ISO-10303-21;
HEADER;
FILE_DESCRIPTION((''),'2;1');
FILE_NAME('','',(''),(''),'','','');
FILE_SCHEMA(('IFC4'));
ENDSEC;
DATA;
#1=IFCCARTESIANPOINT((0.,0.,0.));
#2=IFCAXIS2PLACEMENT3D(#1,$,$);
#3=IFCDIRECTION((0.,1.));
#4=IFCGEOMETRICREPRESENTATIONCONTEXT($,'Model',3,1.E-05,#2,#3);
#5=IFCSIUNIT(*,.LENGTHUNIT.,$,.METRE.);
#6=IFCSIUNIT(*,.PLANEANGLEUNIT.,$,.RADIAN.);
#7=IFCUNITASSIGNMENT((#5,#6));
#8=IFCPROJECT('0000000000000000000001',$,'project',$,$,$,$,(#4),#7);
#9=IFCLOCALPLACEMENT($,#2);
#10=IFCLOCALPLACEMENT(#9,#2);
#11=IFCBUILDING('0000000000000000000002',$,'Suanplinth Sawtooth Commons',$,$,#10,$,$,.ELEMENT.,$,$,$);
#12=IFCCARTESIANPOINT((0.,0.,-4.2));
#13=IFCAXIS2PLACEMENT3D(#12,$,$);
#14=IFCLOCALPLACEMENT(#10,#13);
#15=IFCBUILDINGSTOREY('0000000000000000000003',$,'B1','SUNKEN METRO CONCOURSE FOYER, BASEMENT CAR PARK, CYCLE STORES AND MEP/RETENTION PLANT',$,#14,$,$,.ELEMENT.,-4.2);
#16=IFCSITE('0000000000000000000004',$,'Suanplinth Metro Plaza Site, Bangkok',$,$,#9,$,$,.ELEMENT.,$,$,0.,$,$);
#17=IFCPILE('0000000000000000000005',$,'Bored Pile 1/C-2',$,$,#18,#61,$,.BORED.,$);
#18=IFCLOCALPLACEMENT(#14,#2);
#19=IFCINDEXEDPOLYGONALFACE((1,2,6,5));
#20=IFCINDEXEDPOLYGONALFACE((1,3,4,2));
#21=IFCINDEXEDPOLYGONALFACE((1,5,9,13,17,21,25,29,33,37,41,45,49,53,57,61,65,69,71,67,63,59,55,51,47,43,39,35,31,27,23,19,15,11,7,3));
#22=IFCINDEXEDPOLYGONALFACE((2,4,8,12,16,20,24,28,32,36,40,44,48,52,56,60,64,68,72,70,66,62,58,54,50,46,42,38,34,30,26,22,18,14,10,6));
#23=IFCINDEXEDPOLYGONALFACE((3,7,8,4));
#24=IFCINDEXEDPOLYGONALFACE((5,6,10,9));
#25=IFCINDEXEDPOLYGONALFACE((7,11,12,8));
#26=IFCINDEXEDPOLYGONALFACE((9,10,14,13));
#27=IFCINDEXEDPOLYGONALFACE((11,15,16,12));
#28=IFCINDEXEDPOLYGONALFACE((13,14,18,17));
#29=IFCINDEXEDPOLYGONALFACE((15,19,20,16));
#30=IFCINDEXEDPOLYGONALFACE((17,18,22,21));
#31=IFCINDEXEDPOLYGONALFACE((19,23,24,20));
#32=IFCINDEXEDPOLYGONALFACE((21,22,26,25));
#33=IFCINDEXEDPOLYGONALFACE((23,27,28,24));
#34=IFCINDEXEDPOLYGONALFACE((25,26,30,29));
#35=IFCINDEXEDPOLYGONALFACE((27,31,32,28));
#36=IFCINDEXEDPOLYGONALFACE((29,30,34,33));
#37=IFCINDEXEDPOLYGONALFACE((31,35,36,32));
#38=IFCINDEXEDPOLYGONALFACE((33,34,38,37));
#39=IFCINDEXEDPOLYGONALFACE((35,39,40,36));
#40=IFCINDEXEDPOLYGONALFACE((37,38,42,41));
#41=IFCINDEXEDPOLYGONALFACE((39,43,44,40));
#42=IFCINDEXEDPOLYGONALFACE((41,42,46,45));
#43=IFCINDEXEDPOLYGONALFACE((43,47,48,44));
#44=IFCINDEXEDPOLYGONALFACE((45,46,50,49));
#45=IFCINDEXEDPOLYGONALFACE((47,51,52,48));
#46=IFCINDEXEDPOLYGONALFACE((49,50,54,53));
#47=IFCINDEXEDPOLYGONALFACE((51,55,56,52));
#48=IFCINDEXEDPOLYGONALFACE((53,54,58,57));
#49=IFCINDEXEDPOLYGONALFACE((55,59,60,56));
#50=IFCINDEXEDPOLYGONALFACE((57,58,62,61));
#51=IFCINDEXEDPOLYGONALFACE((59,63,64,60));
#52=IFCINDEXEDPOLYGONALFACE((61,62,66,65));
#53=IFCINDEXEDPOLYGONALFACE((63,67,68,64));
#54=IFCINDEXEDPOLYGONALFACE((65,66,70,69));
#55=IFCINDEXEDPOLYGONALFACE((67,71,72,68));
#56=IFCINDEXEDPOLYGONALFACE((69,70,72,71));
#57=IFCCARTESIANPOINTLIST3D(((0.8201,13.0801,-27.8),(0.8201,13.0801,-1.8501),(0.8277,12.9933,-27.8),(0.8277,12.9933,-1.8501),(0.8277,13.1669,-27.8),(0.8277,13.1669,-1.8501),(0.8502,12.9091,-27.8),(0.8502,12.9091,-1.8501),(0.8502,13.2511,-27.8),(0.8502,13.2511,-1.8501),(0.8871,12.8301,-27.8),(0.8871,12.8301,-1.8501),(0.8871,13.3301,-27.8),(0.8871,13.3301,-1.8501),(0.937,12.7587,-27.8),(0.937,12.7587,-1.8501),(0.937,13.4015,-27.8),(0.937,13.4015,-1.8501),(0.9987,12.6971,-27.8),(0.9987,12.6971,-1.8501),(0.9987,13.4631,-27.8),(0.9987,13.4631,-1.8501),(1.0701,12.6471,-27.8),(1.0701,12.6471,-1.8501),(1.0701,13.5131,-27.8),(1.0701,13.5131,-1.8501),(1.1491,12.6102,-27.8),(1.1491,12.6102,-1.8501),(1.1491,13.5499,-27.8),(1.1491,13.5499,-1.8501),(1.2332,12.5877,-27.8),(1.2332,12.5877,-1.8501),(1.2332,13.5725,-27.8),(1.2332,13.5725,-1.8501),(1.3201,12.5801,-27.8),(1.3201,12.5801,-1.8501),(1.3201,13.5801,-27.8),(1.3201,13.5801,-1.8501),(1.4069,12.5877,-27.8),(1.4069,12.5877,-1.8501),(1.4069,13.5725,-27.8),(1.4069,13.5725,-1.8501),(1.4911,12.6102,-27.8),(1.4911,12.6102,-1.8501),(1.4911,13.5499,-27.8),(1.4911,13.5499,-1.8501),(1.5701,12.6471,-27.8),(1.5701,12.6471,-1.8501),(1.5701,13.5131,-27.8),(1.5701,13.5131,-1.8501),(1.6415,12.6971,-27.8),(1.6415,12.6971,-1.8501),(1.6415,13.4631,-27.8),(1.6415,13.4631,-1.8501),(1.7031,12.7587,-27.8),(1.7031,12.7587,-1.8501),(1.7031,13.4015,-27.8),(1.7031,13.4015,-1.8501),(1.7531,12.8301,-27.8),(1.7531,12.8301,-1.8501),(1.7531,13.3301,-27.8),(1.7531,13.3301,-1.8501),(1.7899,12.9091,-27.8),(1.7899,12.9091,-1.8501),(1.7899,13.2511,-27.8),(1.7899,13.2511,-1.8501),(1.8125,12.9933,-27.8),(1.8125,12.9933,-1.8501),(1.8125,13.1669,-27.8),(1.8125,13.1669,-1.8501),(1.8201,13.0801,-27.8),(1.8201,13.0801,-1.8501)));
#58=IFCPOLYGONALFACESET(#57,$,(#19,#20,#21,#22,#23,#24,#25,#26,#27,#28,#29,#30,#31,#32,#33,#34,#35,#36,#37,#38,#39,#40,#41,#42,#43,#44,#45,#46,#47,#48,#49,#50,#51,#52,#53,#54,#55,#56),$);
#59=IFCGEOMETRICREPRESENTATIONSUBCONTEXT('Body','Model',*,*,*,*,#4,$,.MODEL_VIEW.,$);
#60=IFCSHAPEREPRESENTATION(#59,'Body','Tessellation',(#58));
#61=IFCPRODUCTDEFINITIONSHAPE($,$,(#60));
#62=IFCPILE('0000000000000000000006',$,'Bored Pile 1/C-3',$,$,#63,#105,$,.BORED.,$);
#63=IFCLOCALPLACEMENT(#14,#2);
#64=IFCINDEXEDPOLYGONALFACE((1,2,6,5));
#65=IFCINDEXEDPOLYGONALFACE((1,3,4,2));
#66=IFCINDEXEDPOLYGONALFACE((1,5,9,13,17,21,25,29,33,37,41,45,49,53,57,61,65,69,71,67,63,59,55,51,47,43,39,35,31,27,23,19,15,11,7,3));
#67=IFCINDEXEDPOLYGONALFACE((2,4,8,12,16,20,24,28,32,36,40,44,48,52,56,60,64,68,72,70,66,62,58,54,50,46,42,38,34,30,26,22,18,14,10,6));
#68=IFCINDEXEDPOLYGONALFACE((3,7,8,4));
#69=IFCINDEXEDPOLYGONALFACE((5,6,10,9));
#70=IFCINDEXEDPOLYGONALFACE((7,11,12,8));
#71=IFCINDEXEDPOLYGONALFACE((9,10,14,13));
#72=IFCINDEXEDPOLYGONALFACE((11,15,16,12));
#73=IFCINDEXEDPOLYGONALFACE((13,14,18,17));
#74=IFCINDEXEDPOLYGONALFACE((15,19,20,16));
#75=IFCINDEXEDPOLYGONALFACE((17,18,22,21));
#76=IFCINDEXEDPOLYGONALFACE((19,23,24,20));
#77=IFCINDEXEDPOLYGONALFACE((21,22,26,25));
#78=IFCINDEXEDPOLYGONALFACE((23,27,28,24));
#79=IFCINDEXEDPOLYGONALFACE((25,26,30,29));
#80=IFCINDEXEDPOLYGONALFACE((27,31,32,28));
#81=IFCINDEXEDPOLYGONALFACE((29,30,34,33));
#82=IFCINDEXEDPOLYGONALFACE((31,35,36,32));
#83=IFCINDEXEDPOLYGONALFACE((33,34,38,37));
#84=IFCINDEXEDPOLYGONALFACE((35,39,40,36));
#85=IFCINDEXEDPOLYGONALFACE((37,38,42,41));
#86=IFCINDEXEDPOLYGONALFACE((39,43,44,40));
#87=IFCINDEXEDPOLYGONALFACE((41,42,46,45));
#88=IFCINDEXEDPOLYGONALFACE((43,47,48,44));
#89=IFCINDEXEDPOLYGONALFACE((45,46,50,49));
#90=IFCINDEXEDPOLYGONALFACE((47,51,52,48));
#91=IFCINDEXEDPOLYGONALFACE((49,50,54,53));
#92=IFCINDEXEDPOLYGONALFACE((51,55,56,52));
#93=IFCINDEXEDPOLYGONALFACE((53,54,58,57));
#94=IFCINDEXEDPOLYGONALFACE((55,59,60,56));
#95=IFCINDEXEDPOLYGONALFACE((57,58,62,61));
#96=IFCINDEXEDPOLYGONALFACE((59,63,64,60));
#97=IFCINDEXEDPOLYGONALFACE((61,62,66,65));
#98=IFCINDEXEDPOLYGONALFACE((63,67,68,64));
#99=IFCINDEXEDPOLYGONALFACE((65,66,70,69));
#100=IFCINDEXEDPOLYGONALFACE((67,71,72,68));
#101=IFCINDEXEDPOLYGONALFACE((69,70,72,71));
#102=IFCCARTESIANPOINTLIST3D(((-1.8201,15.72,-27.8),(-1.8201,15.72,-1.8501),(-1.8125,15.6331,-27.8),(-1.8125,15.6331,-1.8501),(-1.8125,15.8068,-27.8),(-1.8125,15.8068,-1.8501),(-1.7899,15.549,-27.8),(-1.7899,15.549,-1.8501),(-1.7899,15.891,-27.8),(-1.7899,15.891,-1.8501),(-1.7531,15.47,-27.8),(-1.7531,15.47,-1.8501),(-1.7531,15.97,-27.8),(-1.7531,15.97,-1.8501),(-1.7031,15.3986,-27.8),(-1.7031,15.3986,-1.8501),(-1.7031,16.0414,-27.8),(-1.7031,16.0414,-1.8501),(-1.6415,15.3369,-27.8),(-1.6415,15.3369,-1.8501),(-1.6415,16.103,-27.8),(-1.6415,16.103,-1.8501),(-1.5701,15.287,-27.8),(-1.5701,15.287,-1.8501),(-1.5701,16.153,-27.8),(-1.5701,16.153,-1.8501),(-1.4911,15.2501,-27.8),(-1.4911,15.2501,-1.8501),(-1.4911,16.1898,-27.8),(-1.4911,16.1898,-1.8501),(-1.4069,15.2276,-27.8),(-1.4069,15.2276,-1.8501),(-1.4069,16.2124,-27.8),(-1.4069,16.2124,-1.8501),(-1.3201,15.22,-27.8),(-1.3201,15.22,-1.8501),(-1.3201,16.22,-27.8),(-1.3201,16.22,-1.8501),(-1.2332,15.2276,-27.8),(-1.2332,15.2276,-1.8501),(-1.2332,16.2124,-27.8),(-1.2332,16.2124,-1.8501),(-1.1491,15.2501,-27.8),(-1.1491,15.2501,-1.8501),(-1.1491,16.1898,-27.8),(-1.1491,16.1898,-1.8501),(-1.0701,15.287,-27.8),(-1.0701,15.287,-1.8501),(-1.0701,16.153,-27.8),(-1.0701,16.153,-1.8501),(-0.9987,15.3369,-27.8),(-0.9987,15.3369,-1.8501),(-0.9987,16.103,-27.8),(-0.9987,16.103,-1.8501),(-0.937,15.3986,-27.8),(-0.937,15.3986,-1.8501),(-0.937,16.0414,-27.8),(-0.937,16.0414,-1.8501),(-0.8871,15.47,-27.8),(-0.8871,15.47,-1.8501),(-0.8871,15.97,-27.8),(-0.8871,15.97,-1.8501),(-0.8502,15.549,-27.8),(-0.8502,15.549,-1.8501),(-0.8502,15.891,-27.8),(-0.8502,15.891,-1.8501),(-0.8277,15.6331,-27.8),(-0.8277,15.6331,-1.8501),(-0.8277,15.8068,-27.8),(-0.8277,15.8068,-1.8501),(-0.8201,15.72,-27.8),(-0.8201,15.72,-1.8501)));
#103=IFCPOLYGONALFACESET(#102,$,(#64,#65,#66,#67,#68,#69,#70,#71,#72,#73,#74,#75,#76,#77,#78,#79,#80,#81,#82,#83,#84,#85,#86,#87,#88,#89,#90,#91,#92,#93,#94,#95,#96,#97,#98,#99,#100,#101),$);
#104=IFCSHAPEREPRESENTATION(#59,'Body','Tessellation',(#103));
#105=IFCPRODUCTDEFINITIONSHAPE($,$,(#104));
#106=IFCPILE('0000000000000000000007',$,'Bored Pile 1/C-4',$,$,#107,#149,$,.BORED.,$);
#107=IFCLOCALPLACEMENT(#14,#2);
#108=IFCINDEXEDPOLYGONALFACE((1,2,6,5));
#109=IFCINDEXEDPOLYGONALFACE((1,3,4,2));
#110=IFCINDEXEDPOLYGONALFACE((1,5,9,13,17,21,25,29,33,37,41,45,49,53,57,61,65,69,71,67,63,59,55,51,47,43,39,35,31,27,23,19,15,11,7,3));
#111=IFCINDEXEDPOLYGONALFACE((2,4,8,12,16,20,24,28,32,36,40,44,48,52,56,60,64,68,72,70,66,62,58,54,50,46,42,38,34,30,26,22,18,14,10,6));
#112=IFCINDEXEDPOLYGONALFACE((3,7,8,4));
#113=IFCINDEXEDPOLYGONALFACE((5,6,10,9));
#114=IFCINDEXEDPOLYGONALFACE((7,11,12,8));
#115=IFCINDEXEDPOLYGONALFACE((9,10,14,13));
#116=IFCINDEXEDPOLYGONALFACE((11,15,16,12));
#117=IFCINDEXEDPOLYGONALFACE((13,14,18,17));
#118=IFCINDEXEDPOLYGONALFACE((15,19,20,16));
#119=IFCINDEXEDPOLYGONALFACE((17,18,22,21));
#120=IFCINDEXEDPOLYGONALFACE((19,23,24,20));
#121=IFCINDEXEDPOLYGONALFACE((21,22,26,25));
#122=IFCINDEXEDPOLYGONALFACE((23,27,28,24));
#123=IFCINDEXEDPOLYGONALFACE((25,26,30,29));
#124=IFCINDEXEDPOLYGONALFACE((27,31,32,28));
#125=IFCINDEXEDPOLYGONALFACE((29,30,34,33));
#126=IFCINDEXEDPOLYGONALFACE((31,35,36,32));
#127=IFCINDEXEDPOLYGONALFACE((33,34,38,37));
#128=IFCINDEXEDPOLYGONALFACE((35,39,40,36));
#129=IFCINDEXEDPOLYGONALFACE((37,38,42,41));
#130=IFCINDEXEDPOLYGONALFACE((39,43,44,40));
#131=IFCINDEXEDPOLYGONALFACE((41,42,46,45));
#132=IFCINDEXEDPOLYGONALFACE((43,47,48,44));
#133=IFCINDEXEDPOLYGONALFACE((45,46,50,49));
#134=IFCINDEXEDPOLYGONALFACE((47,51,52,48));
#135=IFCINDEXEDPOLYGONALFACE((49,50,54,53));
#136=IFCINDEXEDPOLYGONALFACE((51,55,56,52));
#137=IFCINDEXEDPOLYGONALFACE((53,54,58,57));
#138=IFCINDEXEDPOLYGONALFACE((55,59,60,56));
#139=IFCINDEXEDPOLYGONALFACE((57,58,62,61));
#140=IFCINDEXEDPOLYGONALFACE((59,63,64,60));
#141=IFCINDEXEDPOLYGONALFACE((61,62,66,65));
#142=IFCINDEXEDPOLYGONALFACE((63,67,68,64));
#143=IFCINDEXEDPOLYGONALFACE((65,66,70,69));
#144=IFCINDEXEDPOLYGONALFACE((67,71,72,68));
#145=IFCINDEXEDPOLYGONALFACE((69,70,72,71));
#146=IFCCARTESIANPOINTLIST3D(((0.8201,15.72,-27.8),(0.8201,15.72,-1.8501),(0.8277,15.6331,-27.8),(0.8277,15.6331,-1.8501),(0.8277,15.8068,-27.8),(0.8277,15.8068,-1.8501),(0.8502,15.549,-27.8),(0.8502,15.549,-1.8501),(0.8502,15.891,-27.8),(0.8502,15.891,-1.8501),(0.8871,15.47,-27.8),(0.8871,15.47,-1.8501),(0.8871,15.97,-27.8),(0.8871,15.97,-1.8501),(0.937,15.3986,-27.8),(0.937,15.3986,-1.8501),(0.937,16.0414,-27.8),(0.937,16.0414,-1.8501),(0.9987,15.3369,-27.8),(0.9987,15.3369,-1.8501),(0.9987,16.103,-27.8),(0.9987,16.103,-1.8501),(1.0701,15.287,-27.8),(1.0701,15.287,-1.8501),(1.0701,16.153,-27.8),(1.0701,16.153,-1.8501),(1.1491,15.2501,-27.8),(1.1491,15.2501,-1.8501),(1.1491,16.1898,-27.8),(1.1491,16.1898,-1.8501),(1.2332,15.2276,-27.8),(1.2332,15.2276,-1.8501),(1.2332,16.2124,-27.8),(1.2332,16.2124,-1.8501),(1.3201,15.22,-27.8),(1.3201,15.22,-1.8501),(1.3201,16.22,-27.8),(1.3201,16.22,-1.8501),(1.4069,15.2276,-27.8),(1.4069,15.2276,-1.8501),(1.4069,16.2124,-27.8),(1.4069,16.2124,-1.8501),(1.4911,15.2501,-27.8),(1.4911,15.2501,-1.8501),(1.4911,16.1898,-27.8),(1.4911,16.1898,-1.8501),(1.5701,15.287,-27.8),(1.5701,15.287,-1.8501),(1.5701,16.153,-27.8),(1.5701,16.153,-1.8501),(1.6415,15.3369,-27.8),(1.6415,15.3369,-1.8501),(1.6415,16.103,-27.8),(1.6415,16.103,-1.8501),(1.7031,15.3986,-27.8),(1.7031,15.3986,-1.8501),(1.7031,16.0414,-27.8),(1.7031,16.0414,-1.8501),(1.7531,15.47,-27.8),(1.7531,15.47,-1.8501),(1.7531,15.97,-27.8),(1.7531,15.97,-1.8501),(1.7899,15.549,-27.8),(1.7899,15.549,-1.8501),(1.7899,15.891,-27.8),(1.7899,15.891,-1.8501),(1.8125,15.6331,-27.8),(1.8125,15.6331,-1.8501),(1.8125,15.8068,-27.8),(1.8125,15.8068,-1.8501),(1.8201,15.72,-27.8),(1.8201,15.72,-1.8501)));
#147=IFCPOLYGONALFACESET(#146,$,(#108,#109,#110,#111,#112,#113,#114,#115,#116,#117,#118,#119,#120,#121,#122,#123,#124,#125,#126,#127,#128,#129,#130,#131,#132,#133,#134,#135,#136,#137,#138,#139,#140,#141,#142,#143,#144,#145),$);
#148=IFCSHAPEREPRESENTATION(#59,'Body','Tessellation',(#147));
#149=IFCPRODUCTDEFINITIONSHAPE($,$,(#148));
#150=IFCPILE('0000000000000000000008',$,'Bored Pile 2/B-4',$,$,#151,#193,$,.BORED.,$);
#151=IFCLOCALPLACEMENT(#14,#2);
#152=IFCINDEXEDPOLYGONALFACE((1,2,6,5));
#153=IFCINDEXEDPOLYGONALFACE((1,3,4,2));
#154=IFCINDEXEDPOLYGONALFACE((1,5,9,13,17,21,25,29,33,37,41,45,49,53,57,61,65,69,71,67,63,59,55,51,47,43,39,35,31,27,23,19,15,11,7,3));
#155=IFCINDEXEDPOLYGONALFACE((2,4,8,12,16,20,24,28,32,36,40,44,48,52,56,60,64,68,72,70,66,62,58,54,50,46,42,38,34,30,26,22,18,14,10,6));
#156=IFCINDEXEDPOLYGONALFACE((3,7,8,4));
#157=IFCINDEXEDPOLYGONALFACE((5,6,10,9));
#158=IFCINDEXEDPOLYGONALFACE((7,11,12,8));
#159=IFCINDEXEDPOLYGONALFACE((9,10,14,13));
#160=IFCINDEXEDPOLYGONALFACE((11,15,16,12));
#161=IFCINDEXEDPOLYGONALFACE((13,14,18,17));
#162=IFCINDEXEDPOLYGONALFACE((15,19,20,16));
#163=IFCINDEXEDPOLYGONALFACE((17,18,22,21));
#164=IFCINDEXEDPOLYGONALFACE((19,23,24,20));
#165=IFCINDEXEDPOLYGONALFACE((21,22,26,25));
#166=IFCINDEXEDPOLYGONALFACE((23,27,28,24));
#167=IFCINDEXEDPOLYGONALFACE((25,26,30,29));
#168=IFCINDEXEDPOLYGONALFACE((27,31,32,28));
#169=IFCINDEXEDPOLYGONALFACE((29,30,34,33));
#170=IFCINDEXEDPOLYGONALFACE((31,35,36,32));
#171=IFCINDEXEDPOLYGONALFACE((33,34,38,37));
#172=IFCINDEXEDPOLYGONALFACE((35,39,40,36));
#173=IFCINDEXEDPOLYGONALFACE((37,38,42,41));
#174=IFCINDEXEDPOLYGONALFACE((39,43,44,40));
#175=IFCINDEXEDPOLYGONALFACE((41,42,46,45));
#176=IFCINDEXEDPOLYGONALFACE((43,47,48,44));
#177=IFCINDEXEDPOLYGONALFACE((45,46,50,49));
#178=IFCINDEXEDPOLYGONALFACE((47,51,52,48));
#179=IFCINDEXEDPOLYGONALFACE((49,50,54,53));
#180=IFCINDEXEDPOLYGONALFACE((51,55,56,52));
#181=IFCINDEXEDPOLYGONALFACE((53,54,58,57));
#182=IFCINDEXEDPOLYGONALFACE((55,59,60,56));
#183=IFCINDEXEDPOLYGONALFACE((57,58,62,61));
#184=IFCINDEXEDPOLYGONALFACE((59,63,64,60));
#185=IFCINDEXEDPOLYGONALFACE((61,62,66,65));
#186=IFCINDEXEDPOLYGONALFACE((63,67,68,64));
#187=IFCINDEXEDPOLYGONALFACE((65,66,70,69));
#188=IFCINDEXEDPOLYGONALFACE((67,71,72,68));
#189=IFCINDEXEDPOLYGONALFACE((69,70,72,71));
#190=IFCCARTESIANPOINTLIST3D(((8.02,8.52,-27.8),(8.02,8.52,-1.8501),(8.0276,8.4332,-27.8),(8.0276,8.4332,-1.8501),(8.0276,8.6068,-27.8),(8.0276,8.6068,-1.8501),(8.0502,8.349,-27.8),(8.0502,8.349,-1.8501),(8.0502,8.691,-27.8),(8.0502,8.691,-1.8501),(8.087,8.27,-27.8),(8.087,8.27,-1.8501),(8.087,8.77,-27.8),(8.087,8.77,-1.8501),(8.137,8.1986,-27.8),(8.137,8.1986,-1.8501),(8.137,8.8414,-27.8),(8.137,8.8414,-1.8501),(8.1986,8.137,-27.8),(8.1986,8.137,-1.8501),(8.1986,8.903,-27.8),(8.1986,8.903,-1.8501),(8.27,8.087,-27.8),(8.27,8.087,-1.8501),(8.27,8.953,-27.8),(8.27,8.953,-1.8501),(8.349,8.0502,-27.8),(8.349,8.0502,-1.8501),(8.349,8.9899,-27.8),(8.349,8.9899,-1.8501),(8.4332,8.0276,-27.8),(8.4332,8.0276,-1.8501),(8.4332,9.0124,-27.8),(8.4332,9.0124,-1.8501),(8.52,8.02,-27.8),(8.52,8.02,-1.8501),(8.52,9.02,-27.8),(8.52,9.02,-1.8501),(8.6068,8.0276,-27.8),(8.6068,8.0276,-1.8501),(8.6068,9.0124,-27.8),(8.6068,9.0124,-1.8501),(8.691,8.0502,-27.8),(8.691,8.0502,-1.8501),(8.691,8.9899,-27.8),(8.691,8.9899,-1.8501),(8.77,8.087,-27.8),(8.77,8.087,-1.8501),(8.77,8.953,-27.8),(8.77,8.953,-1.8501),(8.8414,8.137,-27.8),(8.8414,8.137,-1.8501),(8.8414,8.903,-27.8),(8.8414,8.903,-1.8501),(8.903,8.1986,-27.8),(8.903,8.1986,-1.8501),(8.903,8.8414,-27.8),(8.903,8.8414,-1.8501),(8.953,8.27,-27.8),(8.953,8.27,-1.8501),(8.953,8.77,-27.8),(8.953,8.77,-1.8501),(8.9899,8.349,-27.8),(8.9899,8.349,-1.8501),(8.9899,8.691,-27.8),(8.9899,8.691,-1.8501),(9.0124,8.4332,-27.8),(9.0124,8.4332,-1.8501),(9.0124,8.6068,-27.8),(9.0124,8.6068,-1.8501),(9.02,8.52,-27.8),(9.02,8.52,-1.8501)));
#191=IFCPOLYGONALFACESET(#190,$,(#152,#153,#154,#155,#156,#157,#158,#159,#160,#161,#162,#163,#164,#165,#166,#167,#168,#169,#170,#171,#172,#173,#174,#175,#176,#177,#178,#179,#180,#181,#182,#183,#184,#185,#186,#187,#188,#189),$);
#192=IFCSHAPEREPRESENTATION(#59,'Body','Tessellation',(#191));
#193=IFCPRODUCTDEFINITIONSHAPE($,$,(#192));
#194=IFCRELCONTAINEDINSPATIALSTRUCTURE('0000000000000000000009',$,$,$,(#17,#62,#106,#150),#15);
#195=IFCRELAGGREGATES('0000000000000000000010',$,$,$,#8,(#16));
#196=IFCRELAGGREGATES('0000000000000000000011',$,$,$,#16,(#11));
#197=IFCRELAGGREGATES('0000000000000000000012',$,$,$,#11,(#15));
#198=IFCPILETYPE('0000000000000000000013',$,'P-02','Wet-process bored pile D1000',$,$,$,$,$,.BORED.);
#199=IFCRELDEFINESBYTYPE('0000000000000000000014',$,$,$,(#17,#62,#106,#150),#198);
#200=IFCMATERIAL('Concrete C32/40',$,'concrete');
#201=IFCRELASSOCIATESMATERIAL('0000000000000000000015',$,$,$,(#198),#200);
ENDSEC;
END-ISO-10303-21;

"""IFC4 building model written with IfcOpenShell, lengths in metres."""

from ifc_helpers import new_model, si_unit, direction, frame, origin, origin_2d, place, context, subcontext, project, spatial, circle, extrude, material, material_profile, profile_set, type_object, element, save


model = new_model("IFC4")

# Units and contexts
model_context = context("Model", 3, precision=1e-05, world=origin(), true_north=direction((0.0, 1.0)))
body_context = subcontext(model_context, "Body", "Model", "MODEL_VIEW")
ifc_project = project(units=[si_unit("LENGTHUNIT", "METRE"), si_unit("PLANEANGLEUNIT", "RADIAN")], contexts=[model_context])

# Site, building, storey
site_placement = place(None, origin())
site = spatial("IfcSite", under=ifc_project, at=site_placement, Name="Suanplinth Metro Plaza Site, Bangkok", CompositionType="ELEMENT", RefElevation=0.0)
building_placement = place(site_placement, origin())
building = spatial("IfcBuilding", under=site, at=building_placement, Name="Suanplinth Sawtooth Commons", CompositionType="ELEMENT")
storey_placement = place(building_placement, frame((0.0, 0.0, -4.2)))
storey = spatial("IfcBuildingStorey", under=building, at=storey_placement, Name="B1", Description="SUNKEN METRO CONCOURSE FOYER, BASEMENT CAR PARK, CYCLE STORES AND MEP/RETENTION PLANT", CompositionType="ELEMENT", Elevation=-4.2)

# Piles
ifc_material_1 = material(Name="Concrete C32/40", Category="concrete")
ifc_material_profile_1 = material_profile(ifc_material_1, circle(Radius=0.5, at=origin_2d()), Name="PILE D1000")
ifc_profile_set_1 = profile_set([ifc_material_profile_1], Name="Concrete C32/40")
pile_type = type_object("IfcPileType", Name="P-02", Description="Wet-process bored pile D1000", PredefinedType="BORED", material=ifc_profile_set_1)
for number, where, z_axis, x_axis, name in (
    (1, (1.3201, 13.0801, -1.8501), (0.0, 0.0, -1.0), (1.0, 0.0, 0.0), "Bored Pile 1/C-2"),
    (2, (-1.3201, 15.72, -1.8501), (0.0, 0.0, -1.0), (1.0, 0.0, 0.0), "Bored Pile 1/C-3"),
    (3, (1.3201, 15.72, -1.8501), (0.0, 0.0, -1.0), (1.0, 0.0, 0.0), "Bored Pile 1/C-4"),
    (4, (8.52, 8.52, -1.8501), (0.0, 0.0, -1.0), (1.0, 0.0, 0.0), "Bored Pile 2/B-4"),
):
    element("IfcPile", number, at=place(storey_placement, frame(where, z_axis=z_axis, x_axis=x_axis)), inside=storey, type_object=pile_type, Name=name, PredefinedType="BORED", context=body_context, shape_type="SweptSolid", body=[
        extrude(circle(Radius=0.5, at=origin_2d()), origin(), (0.0, 0.0, 1.0), 25.95),
    ])

save(model, "model.ifc")
